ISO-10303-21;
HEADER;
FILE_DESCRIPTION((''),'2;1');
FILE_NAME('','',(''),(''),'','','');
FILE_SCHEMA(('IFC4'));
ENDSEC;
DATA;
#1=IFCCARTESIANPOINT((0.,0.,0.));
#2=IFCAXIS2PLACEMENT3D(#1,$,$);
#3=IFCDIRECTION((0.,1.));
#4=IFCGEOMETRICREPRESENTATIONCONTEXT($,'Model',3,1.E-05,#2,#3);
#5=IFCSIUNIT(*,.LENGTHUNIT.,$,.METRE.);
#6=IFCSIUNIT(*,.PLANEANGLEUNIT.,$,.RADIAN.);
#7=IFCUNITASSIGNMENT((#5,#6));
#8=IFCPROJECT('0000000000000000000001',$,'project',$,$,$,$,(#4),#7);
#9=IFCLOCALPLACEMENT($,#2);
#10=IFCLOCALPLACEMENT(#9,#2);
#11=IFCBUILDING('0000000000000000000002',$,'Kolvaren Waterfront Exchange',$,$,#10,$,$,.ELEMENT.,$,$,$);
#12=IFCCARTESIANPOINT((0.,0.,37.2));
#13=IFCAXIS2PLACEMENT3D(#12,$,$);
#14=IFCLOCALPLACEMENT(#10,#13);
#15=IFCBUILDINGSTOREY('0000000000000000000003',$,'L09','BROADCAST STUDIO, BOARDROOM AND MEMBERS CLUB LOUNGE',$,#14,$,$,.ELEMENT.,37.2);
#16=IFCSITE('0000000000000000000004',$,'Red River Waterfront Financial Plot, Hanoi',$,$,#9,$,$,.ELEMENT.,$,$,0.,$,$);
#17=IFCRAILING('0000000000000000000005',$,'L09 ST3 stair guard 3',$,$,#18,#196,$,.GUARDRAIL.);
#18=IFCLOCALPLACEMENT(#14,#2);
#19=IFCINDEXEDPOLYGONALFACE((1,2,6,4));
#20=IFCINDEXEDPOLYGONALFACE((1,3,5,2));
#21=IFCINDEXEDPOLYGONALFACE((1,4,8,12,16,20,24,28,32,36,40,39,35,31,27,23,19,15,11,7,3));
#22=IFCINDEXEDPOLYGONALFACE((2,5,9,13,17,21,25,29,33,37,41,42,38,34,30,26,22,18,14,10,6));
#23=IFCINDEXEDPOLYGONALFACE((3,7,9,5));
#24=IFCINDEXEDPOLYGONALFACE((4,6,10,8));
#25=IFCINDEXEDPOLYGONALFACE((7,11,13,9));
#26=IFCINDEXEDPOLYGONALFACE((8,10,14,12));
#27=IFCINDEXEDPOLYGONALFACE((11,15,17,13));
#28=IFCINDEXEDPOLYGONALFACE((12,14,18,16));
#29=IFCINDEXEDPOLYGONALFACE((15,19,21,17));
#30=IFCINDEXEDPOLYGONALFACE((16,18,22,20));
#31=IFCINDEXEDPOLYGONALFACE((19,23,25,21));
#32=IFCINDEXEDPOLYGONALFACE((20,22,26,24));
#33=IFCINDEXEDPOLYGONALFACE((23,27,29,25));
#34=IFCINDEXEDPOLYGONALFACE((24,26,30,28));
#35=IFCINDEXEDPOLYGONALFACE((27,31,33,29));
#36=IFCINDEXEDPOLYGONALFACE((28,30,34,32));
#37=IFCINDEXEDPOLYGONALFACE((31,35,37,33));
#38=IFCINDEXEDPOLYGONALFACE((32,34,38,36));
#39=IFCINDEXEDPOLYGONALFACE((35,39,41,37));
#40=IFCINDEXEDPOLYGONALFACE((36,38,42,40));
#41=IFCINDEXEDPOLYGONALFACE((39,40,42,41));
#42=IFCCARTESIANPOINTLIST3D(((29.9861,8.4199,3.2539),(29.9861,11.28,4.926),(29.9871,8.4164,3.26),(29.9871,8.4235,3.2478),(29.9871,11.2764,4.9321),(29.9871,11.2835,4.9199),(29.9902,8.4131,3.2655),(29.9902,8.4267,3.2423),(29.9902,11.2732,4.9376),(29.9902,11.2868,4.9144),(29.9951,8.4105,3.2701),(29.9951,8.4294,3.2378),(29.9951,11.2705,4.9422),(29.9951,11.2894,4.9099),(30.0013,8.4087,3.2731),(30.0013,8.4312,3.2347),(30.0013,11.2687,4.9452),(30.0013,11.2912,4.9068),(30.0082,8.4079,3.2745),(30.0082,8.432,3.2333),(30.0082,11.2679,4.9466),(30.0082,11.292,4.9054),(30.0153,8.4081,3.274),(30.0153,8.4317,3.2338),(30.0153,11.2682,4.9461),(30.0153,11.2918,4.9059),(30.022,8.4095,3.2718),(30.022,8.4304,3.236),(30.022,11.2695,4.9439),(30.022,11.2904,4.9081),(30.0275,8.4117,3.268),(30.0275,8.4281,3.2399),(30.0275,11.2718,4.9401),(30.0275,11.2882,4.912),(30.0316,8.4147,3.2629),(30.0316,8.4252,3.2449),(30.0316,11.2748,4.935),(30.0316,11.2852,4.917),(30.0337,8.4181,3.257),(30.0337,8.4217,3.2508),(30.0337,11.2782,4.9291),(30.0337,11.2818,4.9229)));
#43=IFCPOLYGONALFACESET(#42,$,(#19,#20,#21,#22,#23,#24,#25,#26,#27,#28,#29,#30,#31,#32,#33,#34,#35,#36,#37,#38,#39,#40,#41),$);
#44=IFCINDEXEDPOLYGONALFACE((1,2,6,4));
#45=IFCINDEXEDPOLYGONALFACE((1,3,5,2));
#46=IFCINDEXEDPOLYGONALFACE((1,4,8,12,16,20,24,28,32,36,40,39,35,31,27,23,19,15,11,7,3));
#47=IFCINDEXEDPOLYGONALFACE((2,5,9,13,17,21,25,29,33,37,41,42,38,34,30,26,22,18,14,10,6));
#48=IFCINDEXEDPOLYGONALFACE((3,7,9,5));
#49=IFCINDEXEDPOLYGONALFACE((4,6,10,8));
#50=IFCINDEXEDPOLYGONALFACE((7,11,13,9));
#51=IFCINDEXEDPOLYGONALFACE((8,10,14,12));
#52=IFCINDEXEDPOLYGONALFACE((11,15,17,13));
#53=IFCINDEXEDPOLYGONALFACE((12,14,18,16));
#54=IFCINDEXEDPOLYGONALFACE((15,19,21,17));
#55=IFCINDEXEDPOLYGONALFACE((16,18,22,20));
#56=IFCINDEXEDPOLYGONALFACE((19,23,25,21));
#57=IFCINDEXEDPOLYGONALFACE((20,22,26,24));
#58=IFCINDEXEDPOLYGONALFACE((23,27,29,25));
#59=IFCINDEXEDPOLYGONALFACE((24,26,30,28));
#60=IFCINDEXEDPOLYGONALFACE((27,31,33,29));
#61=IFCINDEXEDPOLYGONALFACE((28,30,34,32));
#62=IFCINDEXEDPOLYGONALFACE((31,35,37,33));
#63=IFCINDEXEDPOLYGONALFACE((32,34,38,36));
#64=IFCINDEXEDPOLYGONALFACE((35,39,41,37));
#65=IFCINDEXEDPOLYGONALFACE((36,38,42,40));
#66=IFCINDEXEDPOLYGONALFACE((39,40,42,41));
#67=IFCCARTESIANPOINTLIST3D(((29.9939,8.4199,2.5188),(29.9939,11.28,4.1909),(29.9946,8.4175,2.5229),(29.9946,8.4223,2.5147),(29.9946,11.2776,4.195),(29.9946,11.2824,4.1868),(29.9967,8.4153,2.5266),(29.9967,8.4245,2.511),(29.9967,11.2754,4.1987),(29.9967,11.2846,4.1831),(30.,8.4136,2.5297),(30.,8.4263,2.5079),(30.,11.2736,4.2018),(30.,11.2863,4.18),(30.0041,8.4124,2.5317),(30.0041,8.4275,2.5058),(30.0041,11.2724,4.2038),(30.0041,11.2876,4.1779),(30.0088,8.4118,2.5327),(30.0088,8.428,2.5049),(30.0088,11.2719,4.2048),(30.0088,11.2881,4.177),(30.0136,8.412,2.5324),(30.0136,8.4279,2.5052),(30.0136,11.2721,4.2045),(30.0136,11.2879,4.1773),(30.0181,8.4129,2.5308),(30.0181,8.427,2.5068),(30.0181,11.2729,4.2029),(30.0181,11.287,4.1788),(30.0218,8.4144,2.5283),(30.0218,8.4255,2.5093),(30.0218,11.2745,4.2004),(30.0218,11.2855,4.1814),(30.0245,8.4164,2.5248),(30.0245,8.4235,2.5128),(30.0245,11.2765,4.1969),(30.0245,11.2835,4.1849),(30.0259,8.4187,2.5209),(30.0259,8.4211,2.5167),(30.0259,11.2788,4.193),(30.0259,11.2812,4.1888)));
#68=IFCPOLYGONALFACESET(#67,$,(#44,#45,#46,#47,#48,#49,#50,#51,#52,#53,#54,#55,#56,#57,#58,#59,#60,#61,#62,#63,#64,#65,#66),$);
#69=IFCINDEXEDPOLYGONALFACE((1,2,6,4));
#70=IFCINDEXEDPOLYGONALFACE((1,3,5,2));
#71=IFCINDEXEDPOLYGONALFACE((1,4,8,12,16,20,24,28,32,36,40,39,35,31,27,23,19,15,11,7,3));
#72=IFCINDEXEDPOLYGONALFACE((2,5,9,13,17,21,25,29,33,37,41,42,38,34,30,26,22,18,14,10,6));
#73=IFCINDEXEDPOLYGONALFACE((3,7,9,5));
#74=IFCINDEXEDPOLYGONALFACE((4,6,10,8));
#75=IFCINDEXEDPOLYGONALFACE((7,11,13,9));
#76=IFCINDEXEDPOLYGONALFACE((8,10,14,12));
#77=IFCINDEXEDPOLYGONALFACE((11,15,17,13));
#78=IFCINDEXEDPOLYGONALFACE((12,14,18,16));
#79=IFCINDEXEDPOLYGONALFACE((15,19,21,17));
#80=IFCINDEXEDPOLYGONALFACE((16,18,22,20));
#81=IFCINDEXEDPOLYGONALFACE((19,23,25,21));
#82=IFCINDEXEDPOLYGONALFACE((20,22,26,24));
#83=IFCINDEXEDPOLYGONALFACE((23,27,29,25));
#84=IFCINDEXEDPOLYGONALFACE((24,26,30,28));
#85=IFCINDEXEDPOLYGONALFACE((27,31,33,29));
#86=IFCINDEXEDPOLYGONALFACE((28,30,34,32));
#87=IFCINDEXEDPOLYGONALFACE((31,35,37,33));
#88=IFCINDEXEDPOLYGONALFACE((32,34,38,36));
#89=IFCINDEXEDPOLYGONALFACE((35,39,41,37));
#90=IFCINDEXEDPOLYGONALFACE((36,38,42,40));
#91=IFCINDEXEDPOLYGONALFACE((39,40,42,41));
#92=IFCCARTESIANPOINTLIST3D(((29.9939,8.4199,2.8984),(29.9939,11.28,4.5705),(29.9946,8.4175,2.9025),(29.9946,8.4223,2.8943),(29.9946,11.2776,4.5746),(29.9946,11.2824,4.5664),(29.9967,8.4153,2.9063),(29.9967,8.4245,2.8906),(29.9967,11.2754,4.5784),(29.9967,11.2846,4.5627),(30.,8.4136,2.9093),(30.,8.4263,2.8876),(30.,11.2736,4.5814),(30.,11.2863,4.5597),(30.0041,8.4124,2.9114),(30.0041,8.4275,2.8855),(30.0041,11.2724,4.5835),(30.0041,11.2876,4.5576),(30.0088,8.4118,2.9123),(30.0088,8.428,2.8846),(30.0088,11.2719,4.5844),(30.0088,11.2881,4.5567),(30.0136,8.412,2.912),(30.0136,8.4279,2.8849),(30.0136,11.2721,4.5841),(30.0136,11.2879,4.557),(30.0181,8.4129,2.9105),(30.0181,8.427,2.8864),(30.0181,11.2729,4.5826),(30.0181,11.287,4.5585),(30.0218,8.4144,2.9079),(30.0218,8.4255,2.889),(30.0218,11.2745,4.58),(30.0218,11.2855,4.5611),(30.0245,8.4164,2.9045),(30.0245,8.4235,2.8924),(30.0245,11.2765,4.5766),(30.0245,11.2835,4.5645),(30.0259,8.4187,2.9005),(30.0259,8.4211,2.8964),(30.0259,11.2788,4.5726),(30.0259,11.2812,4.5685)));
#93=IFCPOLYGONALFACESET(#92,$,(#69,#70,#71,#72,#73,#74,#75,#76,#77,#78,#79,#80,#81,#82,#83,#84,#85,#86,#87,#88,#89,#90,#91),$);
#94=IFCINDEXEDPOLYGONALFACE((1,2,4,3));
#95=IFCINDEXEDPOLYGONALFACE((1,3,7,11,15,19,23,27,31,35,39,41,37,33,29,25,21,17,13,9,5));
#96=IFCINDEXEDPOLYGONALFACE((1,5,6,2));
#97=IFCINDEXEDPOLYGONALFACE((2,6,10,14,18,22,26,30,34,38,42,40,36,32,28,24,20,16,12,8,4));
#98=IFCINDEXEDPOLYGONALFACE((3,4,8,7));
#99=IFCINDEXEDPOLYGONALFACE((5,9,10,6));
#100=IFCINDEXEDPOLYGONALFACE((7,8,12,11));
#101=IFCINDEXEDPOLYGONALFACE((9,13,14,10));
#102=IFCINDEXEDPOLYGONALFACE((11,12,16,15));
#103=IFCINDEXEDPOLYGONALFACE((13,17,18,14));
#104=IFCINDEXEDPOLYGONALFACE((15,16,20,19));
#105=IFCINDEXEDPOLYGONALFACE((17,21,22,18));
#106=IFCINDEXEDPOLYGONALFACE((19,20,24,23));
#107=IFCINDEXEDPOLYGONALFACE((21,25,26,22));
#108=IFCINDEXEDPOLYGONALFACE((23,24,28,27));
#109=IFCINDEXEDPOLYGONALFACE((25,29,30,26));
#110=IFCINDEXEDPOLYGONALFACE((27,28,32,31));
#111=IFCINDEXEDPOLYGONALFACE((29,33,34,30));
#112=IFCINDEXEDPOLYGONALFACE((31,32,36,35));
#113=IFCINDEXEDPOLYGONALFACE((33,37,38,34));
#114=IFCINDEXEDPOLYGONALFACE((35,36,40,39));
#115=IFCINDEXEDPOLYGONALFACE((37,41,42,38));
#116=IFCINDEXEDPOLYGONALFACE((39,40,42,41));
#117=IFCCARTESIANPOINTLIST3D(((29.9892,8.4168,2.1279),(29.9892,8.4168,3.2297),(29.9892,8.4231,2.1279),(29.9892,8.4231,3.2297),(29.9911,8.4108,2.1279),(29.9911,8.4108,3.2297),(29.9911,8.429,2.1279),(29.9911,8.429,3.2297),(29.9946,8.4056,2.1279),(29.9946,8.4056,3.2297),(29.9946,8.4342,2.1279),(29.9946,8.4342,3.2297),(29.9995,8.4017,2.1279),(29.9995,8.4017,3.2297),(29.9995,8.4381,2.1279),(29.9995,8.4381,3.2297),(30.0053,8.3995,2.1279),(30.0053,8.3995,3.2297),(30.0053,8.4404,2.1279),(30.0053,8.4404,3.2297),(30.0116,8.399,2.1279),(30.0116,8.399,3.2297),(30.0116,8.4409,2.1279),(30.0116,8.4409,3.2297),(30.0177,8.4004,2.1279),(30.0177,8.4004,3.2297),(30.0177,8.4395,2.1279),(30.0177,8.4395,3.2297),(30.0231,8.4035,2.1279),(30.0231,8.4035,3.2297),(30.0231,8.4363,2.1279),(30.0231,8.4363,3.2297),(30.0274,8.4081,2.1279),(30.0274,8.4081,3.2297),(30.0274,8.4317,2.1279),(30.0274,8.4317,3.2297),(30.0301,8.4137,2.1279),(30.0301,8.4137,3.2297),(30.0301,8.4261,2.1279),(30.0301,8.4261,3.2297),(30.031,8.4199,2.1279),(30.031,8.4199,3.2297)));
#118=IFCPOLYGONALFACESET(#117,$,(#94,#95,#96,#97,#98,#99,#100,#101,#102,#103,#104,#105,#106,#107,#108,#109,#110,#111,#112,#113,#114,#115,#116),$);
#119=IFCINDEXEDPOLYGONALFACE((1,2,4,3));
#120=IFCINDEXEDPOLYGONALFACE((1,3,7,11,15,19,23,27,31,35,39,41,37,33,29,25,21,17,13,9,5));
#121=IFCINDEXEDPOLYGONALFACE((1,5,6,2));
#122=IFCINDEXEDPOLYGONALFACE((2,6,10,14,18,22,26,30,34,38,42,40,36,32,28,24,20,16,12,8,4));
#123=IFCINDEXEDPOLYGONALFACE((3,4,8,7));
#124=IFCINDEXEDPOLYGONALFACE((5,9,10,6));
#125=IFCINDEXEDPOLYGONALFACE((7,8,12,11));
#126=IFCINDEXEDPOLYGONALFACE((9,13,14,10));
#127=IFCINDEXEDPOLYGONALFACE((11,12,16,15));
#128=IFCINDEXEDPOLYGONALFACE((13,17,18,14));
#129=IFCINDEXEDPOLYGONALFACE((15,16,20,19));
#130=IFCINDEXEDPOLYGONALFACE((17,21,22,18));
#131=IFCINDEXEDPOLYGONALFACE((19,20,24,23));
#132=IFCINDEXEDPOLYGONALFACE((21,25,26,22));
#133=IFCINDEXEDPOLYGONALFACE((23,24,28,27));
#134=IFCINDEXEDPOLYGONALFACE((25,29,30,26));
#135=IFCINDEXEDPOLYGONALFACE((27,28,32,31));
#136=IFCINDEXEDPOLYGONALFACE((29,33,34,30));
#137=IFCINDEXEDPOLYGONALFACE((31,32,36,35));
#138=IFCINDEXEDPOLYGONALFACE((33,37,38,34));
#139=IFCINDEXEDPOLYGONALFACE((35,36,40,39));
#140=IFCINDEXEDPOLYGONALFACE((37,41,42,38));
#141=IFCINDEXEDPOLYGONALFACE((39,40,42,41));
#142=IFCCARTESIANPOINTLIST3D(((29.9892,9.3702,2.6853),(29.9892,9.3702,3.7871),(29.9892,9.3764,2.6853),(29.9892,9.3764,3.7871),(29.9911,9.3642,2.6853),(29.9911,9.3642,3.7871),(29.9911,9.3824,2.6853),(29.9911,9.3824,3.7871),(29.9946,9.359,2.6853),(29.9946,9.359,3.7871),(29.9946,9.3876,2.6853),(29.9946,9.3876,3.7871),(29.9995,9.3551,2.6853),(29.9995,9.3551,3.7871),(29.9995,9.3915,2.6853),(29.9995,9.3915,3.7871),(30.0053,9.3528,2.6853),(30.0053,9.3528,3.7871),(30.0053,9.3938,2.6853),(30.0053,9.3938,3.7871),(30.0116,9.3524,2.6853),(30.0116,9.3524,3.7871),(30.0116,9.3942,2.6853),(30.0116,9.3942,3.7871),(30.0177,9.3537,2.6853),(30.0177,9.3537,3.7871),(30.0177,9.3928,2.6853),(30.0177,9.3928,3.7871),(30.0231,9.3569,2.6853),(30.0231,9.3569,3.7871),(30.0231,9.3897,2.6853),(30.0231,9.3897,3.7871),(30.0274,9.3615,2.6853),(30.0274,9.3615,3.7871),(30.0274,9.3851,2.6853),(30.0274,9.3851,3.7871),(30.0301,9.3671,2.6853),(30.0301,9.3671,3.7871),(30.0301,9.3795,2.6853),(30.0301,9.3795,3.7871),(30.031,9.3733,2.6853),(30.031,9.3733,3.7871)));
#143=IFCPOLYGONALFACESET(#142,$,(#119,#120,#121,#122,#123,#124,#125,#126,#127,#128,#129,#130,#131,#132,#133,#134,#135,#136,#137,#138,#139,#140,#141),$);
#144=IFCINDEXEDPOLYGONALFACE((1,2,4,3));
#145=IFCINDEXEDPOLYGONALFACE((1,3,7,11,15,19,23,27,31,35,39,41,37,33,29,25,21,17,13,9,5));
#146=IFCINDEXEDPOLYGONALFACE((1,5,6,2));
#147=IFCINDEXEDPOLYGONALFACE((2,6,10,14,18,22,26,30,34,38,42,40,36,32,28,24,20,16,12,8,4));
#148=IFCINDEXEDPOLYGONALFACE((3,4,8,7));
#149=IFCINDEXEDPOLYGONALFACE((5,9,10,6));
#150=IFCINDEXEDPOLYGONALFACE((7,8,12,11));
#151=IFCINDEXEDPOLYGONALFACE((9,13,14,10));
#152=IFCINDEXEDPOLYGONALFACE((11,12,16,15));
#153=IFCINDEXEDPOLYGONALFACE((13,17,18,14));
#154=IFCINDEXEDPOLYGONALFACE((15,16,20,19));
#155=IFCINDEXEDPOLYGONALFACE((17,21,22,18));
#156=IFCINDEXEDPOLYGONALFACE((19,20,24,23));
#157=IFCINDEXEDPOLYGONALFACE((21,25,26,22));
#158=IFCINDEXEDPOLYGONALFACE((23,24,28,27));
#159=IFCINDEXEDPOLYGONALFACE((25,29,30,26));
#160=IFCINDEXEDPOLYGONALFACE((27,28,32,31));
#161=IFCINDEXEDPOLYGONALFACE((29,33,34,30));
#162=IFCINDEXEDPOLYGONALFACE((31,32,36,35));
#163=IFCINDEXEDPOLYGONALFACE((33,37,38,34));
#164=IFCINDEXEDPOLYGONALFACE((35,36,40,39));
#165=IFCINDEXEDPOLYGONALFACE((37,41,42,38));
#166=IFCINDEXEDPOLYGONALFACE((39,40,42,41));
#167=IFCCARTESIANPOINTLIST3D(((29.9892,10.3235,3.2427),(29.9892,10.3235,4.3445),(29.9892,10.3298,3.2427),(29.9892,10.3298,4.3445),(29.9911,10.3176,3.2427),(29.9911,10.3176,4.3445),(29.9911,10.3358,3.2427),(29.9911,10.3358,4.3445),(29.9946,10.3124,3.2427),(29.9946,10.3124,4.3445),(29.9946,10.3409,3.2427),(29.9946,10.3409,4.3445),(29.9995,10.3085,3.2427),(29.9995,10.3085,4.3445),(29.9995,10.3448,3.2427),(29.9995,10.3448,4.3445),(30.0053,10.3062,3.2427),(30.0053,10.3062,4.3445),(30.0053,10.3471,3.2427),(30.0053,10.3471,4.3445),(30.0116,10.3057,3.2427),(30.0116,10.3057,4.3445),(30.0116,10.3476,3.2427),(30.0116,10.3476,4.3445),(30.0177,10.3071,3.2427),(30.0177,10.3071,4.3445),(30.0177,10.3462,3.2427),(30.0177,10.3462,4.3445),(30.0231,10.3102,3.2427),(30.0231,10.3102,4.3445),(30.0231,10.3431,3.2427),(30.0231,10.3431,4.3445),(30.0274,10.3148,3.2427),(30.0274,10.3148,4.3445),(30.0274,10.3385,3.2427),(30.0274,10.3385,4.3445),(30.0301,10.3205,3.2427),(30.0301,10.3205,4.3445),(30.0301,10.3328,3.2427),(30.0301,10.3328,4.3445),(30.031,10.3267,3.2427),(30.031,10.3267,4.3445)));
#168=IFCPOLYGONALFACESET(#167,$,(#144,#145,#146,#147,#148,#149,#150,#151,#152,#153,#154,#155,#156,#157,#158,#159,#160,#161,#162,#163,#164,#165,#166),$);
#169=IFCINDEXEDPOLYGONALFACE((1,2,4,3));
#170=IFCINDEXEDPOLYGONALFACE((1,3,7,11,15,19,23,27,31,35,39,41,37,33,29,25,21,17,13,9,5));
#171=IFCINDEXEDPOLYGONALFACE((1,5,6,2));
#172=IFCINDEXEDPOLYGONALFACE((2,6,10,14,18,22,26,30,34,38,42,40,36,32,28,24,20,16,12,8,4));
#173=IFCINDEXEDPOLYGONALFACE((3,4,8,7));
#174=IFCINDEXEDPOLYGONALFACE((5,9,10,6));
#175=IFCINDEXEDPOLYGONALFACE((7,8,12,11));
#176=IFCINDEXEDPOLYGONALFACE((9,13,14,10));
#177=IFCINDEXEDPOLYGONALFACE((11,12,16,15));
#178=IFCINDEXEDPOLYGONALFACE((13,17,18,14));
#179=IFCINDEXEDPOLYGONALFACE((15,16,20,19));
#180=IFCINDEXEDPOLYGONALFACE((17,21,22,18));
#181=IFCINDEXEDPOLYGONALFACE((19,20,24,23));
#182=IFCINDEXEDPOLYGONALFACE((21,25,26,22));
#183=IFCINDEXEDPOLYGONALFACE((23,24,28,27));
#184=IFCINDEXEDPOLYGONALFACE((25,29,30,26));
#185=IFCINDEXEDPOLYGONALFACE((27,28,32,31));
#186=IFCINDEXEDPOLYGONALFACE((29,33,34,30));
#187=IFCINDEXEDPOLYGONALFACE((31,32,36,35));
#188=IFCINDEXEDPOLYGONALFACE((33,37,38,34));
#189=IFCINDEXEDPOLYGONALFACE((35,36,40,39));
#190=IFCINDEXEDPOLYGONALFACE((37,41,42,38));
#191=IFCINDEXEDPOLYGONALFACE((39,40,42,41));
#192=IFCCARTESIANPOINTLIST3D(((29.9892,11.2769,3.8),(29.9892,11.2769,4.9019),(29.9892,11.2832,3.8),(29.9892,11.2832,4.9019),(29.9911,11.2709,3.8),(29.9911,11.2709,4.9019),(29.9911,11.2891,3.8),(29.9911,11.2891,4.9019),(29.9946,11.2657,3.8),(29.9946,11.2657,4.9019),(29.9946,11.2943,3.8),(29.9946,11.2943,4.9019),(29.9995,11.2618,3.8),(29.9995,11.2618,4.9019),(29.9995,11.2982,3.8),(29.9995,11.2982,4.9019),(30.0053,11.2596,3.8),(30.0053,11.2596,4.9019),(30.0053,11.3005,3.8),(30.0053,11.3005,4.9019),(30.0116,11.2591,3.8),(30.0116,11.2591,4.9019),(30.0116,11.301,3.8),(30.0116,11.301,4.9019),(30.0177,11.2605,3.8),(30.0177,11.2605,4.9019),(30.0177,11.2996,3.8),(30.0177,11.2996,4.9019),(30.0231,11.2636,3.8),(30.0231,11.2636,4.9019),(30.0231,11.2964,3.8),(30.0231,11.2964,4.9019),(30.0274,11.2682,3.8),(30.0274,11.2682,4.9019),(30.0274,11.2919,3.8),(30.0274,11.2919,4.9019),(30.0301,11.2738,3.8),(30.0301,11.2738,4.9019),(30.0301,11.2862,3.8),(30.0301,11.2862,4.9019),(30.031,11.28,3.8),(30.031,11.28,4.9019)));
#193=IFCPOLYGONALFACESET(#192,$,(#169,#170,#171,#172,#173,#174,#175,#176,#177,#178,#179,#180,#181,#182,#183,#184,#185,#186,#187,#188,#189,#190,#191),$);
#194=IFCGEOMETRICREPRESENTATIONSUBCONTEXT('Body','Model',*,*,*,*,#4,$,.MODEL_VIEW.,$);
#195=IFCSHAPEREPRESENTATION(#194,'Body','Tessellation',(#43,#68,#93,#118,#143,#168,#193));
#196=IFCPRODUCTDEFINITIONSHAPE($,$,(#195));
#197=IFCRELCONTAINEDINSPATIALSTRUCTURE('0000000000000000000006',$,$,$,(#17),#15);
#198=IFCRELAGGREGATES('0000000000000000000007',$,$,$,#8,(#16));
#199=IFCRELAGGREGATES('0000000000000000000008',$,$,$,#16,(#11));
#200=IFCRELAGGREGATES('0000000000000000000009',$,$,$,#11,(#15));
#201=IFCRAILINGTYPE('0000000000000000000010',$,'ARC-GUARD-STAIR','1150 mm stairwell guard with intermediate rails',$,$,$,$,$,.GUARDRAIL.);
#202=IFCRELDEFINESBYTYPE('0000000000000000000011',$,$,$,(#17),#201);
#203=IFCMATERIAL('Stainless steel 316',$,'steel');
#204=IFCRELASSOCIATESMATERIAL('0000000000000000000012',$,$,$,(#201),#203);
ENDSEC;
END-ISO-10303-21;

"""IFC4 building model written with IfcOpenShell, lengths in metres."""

from ifc_helpers import new_model, si_unit, direction, frame, origin, origin_2d, place, context, subcontext, project, spatial, circle, extrude, material, type_object, element, save


model = new_model("IFC4")

# Units and contexts
model_context = context("Model", 3, precision=1e-05, world=origin(), true_north=direction((0.0, 1.0)))
body_context = subcontext(model_context, "Body", "Model", "MODEL_VIEW")
ifc_project = project(units=[si_unit("LENGTHUNIT", "METRE"), si_unit("PLANEANGLEUNIT", "RADIAN")], contexts=[model_context])

# Site, building, storey
site_placement = place(None, origin())
site = spatial("IfcSite", under=ifc_project, at=site_placement, Name="Red River Waterfront Financial Plot, Hanoi", CompositionType="ELEMENT", RefElevation=0.0)
building_placement = place(site_placement, origin())
building = spatial("IfcBuilding", under=site, at=building_placement, Name="Kolvaren Waterfront Exchange", CompositionType="ELEMENT")
storey_placement = place(building_placement, frame((0.0, 0.0, 37.2)))
storey = spatial("IfcBuildingStorey", under=building, at=storey_placement, Name="L09", Description="BROADCAST STUDIO, BOARDROOM AND MEMBERS CLUB LOUNGE", CompositionType="ELEMENT", Elevation=37.2)

# Railing
ifc_material_1 = material(Name="Stainless steel 316", Category="steel")
railing_type_1 = type_object("IfcRailingType", Name="ARC-GUARD-STAIR", Description="1150 mm stairwell guard with intermediate rails", PredefinedType="GUARDRAIL", material=ifc_material_1)
railing_1_placement = place(storey_placement, frame((30.01, 8.4199, 2.1279)))
element("IfcRailing", 1, at=railing_1_placement, inside=storey, type_object=railing_type_1, Name="L09 ST3 stair guard 3", PredefinedType="GUARDRAIL", context=body_context, shape_type="SweptSolid", body=[
    extrude(circle(Radius=0.0239, at=origin_2d()), frame((0.0, 0.0, 1.126), z_axis=(0.0, 0.863289, 0.504709), x_axis=(-1.0, 0.0, 0.0)), (0.0, 0.0, 1.0), 3.313),
    extrude(circle(Radius=0.0161, at=origin_2d()), frame((0.0, 0.0, 0.3909), z_axis=(0.0, 0.863289, 0.504709), x_axis=(-1.0, 0.0, 0.0)), (0.0, 0.0, 1.0), 3.313),
    extrude(circle(Radius=0.0161, at=origin_2d()), frame((0.0, 0.0, 0.7705), z_axis=(0.0, 0.863289, 0.504709), x_axis=(-1.0, 0.0, 0.0)), (0.0, 0.0, 1.0), 3.313),
    extrude(circle(Radius=0.021, at=origin_2d()), origin(), (0.0, 0.0, 1.0), 1.1018),
    extrude(circle(Radius=0.021, at=origin_2d()), frame((0.0, 0.9534, 0.5574)), (0.0, 0.0, 1.0), 1.1018),
    extrude(circle(Radius=0.021, at=origin_2d()), frame((0.0, 1.9067, 1.1147)), (0.0, 0.0, 1.0), 1.1018),
    extrude(circle(Radius=0.021, at=origin_2d()), frame((0.0, 2.8601, 1.6721)), (0.0, 0.0, 1.0), 1.1018),
])

save(model, "model.ifc")
